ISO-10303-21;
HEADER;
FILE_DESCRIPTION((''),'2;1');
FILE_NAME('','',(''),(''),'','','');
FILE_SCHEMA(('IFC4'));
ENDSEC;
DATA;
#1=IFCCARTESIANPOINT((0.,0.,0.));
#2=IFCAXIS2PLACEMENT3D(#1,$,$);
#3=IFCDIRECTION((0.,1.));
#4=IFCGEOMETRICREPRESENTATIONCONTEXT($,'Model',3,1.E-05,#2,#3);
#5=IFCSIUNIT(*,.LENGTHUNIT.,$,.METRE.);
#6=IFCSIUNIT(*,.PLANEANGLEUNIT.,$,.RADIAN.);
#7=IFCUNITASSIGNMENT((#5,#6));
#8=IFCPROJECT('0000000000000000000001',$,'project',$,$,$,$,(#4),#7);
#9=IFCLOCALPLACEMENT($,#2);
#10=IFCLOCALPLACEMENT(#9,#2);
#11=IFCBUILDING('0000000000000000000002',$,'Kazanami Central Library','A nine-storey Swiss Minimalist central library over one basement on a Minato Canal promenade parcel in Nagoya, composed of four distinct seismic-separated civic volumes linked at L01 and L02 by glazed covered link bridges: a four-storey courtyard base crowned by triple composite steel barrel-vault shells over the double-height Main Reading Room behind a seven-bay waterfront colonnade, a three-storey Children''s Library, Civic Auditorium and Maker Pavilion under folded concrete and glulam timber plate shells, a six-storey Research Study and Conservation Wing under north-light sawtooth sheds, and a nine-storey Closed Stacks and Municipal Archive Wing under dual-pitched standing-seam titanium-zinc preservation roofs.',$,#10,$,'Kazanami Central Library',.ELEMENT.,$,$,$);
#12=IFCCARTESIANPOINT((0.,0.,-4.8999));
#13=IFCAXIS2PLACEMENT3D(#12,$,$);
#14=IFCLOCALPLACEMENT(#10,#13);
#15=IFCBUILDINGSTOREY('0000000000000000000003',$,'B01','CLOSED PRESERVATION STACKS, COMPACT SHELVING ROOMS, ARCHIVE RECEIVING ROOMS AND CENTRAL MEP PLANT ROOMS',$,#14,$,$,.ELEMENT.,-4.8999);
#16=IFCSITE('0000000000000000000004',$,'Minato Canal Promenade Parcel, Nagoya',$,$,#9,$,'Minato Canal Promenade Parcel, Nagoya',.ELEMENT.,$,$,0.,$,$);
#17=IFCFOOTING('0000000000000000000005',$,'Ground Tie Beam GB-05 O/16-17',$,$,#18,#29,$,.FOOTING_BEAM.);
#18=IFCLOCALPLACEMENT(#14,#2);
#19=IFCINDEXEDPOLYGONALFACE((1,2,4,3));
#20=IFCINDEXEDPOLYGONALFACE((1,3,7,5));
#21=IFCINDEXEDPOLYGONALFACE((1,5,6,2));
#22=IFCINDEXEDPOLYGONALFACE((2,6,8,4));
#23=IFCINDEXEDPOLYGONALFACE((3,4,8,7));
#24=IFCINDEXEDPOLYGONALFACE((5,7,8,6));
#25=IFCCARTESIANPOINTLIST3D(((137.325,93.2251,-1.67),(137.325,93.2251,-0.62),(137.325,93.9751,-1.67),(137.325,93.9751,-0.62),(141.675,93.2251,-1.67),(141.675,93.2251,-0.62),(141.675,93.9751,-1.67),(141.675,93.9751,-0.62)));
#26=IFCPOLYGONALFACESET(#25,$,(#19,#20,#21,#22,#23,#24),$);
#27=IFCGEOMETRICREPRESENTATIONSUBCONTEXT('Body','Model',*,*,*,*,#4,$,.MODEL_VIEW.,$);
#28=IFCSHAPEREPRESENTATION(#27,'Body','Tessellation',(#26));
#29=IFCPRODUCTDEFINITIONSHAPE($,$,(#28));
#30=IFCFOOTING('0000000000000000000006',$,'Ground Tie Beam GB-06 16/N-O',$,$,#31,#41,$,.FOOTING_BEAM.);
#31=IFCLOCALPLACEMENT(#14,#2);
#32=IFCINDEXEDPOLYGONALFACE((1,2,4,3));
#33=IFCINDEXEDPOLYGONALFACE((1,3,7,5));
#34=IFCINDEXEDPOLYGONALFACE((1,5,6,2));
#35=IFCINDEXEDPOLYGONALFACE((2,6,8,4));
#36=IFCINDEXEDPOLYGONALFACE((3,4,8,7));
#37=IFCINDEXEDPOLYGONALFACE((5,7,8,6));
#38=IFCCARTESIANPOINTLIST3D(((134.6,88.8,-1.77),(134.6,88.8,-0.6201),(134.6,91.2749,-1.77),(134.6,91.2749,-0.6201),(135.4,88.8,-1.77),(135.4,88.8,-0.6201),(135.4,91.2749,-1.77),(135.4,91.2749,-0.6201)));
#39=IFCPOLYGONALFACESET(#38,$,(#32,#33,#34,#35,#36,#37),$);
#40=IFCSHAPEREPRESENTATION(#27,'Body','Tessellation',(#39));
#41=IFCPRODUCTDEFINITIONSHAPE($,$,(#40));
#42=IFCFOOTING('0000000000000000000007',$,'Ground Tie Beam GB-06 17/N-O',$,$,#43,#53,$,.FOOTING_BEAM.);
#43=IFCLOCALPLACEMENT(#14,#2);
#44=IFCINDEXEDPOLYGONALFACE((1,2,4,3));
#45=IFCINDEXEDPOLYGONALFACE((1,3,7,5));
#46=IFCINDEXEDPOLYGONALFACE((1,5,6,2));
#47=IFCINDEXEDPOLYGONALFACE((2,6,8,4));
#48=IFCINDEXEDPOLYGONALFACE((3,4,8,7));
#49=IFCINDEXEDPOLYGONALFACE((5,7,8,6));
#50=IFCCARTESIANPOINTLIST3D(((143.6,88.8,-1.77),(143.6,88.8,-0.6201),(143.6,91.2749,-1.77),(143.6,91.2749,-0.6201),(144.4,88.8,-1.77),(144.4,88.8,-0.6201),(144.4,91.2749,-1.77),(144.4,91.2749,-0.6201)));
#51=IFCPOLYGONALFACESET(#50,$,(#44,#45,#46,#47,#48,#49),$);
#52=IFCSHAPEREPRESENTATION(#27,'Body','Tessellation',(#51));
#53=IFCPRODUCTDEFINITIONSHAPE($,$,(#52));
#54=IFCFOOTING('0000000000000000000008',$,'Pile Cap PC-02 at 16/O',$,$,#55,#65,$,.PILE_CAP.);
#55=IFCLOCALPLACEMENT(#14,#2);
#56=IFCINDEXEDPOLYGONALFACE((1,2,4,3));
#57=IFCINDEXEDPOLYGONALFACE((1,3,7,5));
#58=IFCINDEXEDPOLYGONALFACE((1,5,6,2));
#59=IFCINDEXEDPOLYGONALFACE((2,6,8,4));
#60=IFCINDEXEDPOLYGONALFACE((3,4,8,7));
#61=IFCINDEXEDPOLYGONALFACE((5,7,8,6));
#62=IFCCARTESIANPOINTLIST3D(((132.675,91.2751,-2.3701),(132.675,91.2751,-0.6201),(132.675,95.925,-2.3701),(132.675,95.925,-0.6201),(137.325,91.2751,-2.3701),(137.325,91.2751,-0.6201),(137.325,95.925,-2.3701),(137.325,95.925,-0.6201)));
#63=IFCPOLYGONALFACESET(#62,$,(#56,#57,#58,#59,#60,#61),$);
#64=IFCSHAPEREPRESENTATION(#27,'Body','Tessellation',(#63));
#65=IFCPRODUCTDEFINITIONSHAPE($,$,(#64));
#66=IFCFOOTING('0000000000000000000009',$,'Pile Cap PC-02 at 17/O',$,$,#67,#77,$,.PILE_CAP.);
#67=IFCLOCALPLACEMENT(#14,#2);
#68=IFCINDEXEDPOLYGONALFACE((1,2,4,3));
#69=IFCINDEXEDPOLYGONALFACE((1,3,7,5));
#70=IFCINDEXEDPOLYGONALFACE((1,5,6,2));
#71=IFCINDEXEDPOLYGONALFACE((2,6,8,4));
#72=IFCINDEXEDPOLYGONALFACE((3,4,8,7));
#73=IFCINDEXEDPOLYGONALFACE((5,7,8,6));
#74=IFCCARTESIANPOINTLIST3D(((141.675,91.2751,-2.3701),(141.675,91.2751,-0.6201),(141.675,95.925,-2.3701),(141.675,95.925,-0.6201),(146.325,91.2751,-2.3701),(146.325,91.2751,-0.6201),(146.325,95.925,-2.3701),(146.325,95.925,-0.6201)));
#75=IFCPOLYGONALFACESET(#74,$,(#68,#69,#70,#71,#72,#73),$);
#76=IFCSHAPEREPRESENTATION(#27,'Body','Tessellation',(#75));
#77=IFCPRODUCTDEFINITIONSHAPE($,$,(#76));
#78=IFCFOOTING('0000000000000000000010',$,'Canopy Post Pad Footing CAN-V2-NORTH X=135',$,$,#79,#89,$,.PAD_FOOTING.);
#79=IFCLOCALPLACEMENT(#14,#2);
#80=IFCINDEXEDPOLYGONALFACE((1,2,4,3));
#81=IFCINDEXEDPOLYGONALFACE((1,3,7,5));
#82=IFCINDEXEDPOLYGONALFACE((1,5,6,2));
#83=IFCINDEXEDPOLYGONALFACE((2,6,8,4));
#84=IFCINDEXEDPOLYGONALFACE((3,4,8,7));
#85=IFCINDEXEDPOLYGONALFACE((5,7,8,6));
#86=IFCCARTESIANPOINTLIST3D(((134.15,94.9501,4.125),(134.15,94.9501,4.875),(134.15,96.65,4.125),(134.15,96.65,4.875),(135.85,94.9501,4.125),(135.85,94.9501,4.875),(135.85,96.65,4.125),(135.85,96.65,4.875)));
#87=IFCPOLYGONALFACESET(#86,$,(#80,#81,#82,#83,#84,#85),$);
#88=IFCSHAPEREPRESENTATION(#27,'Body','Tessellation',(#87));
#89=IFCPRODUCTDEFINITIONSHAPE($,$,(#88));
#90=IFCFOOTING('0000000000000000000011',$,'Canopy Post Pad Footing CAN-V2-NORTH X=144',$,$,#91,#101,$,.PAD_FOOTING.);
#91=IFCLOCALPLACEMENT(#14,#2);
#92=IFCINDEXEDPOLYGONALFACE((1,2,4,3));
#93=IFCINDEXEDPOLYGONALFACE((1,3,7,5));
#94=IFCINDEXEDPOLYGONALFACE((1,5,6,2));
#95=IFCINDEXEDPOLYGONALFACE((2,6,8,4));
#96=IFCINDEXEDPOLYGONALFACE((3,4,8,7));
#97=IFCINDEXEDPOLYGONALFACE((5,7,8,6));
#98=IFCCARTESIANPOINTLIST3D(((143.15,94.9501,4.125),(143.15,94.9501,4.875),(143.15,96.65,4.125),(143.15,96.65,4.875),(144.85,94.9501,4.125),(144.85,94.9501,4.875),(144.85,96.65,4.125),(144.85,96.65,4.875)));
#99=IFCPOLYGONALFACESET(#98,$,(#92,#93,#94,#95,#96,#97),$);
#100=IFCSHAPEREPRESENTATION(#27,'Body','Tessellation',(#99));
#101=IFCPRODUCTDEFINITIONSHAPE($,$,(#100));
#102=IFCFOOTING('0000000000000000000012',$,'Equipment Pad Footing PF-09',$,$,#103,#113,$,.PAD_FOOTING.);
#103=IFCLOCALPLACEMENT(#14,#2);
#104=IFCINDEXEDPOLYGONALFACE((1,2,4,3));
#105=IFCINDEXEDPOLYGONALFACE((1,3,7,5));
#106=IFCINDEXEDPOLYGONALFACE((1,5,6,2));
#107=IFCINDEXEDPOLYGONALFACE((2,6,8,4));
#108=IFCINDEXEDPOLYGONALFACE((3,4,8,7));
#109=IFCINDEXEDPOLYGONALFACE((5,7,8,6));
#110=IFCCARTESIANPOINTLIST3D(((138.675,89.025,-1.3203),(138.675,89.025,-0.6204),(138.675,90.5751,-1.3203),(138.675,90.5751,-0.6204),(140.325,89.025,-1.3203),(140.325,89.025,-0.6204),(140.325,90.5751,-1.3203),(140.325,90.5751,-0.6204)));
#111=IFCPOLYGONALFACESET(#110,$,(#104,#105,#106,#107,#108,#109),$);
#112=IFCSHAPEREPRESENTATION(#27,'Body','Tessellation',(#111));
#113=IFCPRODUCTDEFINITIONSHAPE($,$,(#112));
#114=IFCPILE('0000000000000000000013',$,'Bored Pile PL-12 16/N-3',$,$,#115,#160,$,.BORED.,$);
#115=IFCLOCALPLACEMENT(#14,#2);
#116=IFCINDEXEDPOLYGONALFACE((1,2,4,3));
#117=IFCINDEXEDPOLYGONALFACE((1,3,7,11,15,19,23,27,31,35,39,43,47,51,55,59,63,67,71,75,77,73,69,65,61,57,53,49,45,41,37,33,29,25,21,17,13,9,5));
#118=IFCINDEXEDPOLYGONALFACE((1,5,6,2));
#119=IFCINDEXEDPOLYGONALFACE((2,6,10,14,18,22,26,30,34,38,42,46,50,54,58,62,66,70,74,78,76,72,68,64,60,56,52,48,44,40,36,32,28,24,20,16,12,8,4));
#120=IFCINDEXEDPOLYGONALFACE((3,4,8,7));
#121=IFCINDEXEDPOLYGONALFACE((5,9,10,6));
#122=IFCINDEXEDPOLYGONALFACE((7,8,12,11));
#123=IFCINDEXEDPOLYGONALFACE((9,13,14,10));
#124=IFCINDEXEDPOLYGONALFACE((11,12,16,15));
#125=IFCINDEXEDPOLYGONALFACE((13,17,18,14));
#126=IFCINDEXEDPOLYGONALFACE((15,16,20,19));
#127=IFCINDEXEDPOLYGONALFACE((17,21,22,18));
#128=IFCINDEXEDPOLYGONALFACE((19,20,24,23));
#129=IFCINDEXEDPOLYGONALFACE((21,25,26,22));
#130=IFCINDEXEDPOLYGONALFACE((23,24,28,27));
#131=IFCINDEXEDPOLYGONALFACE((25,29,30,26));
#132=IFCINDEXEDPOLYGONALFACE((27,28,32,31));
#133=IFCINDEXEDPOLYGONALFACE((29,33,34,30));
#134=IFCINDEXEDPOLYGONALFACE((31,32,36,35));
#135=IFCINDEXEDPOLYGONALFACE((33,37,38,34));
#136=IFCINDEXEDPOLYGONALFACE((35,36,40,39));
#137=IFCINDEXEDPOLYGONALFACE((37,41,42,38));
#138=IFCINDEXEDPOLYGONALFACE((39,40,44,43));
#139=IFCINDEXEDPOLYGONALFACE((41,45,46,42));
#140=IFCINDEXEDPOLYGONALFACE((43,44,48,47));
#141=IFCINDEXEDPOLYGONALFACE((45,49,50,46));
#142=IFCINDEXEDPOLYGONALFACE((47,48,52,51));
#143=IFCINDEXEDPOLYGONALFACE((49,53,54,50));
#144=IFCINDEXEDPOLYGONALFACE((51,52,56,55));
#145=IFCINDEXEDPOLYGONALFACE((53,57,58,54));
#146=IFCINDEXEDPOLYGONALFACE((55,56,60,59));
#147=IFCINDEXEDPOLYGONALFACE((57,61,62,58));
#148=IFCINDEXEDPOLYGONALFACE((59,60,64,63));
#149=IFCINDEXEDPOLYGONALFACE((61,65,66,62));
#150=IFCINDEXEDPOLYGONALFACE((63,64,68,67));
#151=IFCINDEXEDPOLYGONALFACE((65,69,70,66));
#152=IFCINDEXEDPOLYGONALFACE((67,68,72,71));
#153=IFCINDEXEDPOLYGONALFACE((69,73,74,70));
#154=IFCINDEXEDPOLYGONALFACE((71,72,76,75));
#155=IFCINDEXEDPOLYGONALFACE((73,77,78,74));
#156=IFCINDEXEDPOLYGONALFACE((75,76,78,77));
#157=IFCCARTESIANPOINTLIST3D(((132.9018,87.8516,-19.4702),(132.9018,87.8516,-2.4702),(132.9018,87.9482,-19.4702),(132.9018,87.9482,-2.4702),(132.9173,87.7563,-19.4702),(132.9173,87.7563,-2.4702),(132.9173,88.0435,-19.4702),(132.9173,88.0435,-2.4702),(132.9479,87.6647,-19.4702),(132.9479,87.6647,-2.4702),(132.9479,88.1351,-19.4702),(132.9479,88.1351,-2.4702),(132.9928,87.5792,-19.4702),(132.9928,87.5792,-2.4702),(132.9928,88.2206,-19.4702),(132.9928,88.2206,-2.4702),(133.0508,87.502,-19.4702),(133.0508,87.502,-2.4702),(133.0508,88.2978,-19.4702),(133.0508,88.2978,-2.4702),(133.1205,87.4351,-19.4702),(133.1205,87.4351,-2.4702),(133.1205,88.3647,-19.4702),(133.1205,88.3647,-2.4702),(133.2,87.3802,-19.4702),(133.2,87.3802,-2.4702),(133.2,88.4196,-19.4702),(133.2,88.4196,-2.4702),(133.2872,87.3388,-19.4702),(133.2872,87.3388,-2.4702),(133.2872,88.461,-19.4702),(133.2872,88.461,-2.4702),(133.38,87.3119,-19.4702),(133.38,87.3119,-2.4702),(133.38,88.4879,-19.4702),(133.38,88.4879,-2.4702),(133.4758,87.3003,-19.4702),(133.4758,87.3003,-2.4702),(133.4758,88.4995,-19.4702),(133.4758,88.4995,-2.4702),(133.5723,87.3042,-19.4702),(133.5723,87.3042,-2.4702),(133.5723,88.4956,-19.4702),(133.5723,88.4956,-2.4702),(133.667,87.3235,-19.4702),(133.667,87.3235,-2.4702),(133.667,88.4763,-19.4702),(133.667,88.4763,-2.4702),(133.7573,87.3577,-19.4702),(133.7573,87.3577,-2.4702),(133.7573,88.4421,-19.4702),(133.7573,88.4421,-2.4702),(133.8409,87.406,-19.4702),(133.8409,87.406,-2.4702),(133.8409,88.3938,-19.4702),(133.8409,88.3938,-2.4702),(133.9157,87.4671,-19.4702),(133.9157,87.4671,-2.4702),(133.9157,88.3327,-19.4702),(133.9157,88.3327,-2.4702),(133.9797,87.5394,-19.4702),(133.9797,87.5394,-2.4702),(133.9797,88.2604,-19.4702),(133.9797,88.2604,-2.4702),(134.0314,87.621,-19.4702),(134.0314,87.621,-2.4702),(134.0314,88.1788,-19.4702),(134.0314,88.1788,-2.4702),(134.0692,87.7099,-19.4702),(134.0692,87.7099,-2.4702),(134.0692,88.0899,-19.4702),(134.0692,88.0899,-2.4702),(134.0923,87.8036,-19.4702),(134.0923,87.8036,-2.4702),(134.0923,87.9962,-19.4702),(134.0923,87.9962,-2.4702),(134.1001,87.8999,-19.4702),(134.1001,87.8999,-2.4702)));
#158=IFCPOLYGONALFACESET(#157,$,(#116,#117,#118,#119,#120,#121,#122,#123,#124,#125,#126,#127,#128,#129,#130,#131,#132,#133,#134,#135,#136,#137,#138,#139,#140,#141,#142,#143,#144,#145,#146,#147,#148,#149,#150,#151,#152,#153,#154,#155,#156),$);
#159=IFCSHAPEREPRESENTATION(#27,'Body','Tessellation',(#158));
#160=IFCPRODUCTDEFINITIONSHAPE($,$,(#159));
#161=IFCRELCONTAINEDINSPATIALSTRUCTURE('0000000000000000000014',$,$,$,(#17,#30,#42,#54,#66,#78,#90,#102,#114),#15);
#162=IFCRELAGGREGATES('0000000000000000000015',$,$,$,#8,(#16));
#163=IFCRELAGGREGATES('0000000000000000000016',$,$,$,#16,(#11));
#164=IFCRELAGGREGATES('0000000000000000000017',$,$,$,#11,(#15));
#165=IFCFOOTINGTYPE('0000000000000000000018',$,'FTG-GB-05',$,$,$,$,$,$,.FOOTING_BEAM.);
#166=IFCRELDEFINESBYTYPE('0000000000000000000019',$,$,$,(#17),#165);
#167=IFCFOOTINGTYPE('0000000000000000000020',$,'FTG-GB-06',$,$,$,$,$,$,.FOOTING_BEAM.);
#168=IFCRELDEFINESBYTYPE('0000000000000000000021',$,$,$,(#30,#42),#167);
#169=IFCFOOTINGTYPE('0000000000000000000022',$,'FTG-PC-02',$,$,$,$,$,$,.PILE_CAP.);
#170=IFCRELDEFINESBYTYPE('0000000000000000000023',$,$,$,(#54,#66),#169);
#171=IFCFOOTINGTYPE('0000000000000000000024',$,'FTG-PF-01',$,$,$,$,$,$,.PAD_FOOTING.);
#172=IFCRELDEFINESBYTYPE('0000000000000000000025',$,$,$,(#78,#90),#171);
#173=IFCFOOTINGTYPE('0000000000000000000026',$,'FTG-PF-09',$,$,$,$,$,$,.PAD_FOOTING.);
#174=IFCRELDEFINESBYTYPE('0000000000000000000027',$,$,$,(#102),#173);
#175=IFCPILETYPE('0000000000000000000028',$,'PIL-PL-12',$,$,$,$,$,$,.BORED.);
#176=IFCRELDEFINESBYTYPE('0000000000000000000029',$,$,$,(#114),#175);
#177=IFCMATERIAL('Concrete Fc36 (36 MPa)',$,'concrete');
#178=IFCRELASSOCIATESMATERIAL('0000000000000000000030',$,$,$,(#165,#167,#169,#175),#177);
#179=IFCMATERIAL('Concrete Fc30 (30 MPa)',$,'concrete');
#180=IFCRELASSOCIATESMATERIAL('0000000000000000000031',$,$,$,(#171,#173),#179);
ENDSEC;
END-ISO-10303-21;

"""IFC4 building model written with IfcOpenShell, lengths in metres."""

from ifc_helpers import new_model, si_unit, direction, frame, origin, origin_2d, place, context, subcontext, project, spatial, rectangle, circle, extrude, material, material_profile, profile_set, type_object, element, save


model = new_model("IFC4")

# Units and contexts
model_context = context("Model", 3, precision=1e-05, world=origin(), true_north=direction((0.0, 1.0)))
body_context = subcontext(model_context, "Body", "Model", "MODEL_VIEW")
ifc_project = project(units=[si_unit("LENGTHUNIT", "METRE"), si_unit("PLANEANGLEUNIT", "RADIAN")], contexts=[model_context])

# Site, building, storey
site_placement = place(None, origin())
site = spatial("IfcSite", under=ifc_project, at=site_placement, Name="Minato Canal Promenade Parcel, Nagoya", LongName="Minato Canal Promenade Parcel, Nagoya", CompositionType="ELEMENT", RefElevation=0.0)
building_placement = place(site_placement, origin())
building = spatial("IfcBuilding", under=site, at=building_placement, Name="Kazanami Central Library", Description="A nine-storey Swiss Minimalist central library over one basement on a Minato Canal promenade parcel in Nagoya, composed of four distinct seismic-separated civic volumes linked at L01 and L02 by glazed covered link bridges: a four-storey courtyard base crowned by triple composite steel barrel-vault shells over the double-height Main Reading Room behind a seven-bay waterfront colonnade, a three-storey Children's Library, Civic Auditorium and Maker Pavilion under folded concrete and glulam timber plate shells, a six-storey Research Study and Conservation Wing under north-light sawtooth sheds, and a nine-storey Closed Stacks and Municipal Archive Wing under dual-pitched standing-seam titanium-zinc preservation roofs.", LongName="Kazanami Central Library", CompositionType="ELEMENT")
storey_placement = place(building_placement, frame((0.0, 0.0, -4.8999)))
storey = spatial("IfcBuildingStorey", under=building, at=storey_placement, Name="B01", Description="CLOSED PRESERVATION STACKS, COMPACT SHELVING ROOMS, ARCHIVE RECEIVING ROOMS AND CENTRAL MEP PLANT ROOMS", CompositionType="ELEMENT", Elevation=-4.8999)

# Footings
ifc_material_1 = material(Name="Concrete Fc36 (36 MPa)", Category="concrete")
ifc_material_profile_1 = material_profile(ifc_material_1, rectangle(XDim=0.75, YDim=1.05, at=origin_2d()), Name="RC-750x1050")
ifc_profile_set_1 = profile_set([ifc_material_profile_1], Name="Concrete Fc36 (36 MPa)")
footing_type_1 = type_object("IfcFootingType", Name="FTG-GB-05", PredefinedType="FOOTING_BEAM", material=ifc_profile_set_1)
footing_1_placement = place(storey_placement, frame((137.325, 93.6001, -1.145), z_axis=(1.0, 0.0, 0.0), x_axis=(0.0, 1.0, 0.0)))
element("IfcFooting", 1, at=footing_1_placement, inside=storey, type_object=footing_type_1, Name="Ground Tie Beam GB-05 O/16-17", PredefinedType="FOOTING_BEAM", context=body_context, shape_type="SweptSolid", body=[
    extrude(rectangle(XDim=0.75, YDim=1.05, at=origin_2d()), origin(), (0.0, 0.0, 1.0), 4.3501),
])
ifc_material_profile_2 = material_profile(ifc_material_1, rectangle(XDim=0.8, YDim=1.1499, at=origin_2d()), Name="RC-800x1150")
ifc_profile_set_2 = profile_set([ifc_material_profile_2], Name="Concrete Fc36 (36 MPa)")
footing_type_2 = type_object("IfcFootingType", Name="FTG-GB-06", PredefinedType="FOOTING_BEAM", material=ifc_profile_set_2)
for number, where, z_axis, x_axis, name in (
    (2, (135.0, 88.8, -1.1951), (0.0, 1.0, 0.0), (-1.0, 0.0, 0.0), "Ground Tie Beam GB-06 16/N-O"),
    (3, (144.0, 88.8, -1.1951), (0.0, 1.0, 0.0), (-1.0, 0.0, 0.0), "Ground Tie Beam GB-06 17/N-O"),
):
    element("IfcFooting", number, at=place(storey_placement, frame(where, z_axis=z_axis, x_axis=x_axis)), inside=storey, type_object=footing_type_2, Name=name, PredefinedType="FOOTING_BEAM", context=body_context, shape_type="SweptSolid", body=[
        extrude(rectangle(XDim=0.8, YDim=1.1499, at=origin_2d()), origin(), (0.0, 0.0, 1.0), 2.4749),
    ])
footing_type_3 = type_object("IfcFootingType", Name="FTG-PC-02", PredefinedType="PILE_CAP", material=ifc_material_1)
for number, where, z_axis, x_axis, name in (
    (4, (135.0, 93.6001, -2.3701), (0.0, 0.0, 1.0), (1.0, 0.0, 0.0), "Pile Cap PC-02 at 16/O"),
    (5, (144.0, 93.6001, -2.3701), (0.0, 0.0, 1.0), (1.0, 0.0, 0.0), "Pile Cap PC-02 at 17/O"),
):
    element("IfcFooting", number, at=place(storey_placement, frame(where, z_axis=z_axis, x_axis=x_axis)), inside=storey, type_object=footing_type_3, Name=name, PredefinedType="PILE_CAP", context=body_context, shape_type="SweptSolid", body=[
        extrude(rectangle(XDim=4.6499, YDim=4.6499, at=origin_2d()), origin(), (0.0, 0.0, 1.0), 1.75),
    ])
ifc_material_2 = material(Name="Concrete Fc30 (30 MPa)", Category="concrete")
footing_type_4 = type_object("IfcFootingType", Name="FTG-PF-01", PredefinedType="PAD_FOOTING", material=ifc_material_2)
for number, where, z_axis, x_axis, name in (
    (6, (135.0, 95.8, 4.125), (0.0, 0.0, 1.0), (1.0, 0.0, 0.0), "Canopy Post Pad Footing CAN-V2-NORTH X=135"),
    (7, (144.0, 95.8, 4.125), (0.0, 0.0, 1.0), (1.0, 0.0, 0.0), "Canopy Post Pad Footing CAN-V2-NORTH X=144"),
):
    element("IfcFooting", number, at=place(storey_placement, frame(where, z_axis=z_axis, x_axis=x_axis)), inside=storey, type_object=footing_type_4, Name=name, PredefinedType="PAD_FOOTING", context=body_context, shape_type="SweptSolid", body=[
        extrude(rectangle(XDim=1.7, YDim=1.7, at=origin_2d()), origin(), (0.0, 0.0, 1.0), 0.75),
    ])
footing_type_5 = type_object("IfcFootingType", Name="FTG-PF-09", PredefinedType="PAD_FOOTING", material=ifc_material_2)
footing_2_placement = place(storey_placement, frame((139.5, 89.8, -1.3203), z_axis=(0.0, 0.0, 1.0), x_axis=(1.0, 0.0, 0.0)))
element("IfcFooting", 8, at=footing_2_placement, inside=storey, type_object=footing_type_5, Name="Equipment Pad Footing PF-09", PredefinedType="PAD_FOOTING", context=body_context, shape_type="SweptSolid", body=[
    extrude(rectangle(XDim=1.6499, YDim=1.55, at=origin_2d()), origin(), (0.0, 0.0, 1.0), 0.7),
])

# Pile
ifc_material_profile_3 = material_profile(ifc_material_1, circle(Radius=0.6001, at=origin_2d()), Name="BORED-D1200")
ifc_profile_set_3 = profile_set([ifc_material_profile_3], Name="Concrete Fc36 (36 MPa)")
pile_type = type_object("IfcPileType", Name="PIL-PL-12", PredefinedType="BORED", material=ifc_profile_set_3)
for number, where, z_axis, x_axis, name in (
    (9, (133.5, 87.8999, -2.4702), (0.0, 0.0, -1.0), (1.0, 0.0, 0.0), "Bored Pile PL-12 16/N-3"),
):
    element("IfcPile", number, at=place(storey_placement, frame(where, z_axis=z_axis, x_axis=x_axis)), inside=storey, type_object=pile_type, Name=name, PredefinedType="BORED", context=body_context, shape_type="SweptSolid", body=[
        extrude(circle(Radius=0.6001, at=origin_2d()), origin(), (0.0, 0.0, 1.0), 17.0),
    ])

save(model, "model.ifc")
